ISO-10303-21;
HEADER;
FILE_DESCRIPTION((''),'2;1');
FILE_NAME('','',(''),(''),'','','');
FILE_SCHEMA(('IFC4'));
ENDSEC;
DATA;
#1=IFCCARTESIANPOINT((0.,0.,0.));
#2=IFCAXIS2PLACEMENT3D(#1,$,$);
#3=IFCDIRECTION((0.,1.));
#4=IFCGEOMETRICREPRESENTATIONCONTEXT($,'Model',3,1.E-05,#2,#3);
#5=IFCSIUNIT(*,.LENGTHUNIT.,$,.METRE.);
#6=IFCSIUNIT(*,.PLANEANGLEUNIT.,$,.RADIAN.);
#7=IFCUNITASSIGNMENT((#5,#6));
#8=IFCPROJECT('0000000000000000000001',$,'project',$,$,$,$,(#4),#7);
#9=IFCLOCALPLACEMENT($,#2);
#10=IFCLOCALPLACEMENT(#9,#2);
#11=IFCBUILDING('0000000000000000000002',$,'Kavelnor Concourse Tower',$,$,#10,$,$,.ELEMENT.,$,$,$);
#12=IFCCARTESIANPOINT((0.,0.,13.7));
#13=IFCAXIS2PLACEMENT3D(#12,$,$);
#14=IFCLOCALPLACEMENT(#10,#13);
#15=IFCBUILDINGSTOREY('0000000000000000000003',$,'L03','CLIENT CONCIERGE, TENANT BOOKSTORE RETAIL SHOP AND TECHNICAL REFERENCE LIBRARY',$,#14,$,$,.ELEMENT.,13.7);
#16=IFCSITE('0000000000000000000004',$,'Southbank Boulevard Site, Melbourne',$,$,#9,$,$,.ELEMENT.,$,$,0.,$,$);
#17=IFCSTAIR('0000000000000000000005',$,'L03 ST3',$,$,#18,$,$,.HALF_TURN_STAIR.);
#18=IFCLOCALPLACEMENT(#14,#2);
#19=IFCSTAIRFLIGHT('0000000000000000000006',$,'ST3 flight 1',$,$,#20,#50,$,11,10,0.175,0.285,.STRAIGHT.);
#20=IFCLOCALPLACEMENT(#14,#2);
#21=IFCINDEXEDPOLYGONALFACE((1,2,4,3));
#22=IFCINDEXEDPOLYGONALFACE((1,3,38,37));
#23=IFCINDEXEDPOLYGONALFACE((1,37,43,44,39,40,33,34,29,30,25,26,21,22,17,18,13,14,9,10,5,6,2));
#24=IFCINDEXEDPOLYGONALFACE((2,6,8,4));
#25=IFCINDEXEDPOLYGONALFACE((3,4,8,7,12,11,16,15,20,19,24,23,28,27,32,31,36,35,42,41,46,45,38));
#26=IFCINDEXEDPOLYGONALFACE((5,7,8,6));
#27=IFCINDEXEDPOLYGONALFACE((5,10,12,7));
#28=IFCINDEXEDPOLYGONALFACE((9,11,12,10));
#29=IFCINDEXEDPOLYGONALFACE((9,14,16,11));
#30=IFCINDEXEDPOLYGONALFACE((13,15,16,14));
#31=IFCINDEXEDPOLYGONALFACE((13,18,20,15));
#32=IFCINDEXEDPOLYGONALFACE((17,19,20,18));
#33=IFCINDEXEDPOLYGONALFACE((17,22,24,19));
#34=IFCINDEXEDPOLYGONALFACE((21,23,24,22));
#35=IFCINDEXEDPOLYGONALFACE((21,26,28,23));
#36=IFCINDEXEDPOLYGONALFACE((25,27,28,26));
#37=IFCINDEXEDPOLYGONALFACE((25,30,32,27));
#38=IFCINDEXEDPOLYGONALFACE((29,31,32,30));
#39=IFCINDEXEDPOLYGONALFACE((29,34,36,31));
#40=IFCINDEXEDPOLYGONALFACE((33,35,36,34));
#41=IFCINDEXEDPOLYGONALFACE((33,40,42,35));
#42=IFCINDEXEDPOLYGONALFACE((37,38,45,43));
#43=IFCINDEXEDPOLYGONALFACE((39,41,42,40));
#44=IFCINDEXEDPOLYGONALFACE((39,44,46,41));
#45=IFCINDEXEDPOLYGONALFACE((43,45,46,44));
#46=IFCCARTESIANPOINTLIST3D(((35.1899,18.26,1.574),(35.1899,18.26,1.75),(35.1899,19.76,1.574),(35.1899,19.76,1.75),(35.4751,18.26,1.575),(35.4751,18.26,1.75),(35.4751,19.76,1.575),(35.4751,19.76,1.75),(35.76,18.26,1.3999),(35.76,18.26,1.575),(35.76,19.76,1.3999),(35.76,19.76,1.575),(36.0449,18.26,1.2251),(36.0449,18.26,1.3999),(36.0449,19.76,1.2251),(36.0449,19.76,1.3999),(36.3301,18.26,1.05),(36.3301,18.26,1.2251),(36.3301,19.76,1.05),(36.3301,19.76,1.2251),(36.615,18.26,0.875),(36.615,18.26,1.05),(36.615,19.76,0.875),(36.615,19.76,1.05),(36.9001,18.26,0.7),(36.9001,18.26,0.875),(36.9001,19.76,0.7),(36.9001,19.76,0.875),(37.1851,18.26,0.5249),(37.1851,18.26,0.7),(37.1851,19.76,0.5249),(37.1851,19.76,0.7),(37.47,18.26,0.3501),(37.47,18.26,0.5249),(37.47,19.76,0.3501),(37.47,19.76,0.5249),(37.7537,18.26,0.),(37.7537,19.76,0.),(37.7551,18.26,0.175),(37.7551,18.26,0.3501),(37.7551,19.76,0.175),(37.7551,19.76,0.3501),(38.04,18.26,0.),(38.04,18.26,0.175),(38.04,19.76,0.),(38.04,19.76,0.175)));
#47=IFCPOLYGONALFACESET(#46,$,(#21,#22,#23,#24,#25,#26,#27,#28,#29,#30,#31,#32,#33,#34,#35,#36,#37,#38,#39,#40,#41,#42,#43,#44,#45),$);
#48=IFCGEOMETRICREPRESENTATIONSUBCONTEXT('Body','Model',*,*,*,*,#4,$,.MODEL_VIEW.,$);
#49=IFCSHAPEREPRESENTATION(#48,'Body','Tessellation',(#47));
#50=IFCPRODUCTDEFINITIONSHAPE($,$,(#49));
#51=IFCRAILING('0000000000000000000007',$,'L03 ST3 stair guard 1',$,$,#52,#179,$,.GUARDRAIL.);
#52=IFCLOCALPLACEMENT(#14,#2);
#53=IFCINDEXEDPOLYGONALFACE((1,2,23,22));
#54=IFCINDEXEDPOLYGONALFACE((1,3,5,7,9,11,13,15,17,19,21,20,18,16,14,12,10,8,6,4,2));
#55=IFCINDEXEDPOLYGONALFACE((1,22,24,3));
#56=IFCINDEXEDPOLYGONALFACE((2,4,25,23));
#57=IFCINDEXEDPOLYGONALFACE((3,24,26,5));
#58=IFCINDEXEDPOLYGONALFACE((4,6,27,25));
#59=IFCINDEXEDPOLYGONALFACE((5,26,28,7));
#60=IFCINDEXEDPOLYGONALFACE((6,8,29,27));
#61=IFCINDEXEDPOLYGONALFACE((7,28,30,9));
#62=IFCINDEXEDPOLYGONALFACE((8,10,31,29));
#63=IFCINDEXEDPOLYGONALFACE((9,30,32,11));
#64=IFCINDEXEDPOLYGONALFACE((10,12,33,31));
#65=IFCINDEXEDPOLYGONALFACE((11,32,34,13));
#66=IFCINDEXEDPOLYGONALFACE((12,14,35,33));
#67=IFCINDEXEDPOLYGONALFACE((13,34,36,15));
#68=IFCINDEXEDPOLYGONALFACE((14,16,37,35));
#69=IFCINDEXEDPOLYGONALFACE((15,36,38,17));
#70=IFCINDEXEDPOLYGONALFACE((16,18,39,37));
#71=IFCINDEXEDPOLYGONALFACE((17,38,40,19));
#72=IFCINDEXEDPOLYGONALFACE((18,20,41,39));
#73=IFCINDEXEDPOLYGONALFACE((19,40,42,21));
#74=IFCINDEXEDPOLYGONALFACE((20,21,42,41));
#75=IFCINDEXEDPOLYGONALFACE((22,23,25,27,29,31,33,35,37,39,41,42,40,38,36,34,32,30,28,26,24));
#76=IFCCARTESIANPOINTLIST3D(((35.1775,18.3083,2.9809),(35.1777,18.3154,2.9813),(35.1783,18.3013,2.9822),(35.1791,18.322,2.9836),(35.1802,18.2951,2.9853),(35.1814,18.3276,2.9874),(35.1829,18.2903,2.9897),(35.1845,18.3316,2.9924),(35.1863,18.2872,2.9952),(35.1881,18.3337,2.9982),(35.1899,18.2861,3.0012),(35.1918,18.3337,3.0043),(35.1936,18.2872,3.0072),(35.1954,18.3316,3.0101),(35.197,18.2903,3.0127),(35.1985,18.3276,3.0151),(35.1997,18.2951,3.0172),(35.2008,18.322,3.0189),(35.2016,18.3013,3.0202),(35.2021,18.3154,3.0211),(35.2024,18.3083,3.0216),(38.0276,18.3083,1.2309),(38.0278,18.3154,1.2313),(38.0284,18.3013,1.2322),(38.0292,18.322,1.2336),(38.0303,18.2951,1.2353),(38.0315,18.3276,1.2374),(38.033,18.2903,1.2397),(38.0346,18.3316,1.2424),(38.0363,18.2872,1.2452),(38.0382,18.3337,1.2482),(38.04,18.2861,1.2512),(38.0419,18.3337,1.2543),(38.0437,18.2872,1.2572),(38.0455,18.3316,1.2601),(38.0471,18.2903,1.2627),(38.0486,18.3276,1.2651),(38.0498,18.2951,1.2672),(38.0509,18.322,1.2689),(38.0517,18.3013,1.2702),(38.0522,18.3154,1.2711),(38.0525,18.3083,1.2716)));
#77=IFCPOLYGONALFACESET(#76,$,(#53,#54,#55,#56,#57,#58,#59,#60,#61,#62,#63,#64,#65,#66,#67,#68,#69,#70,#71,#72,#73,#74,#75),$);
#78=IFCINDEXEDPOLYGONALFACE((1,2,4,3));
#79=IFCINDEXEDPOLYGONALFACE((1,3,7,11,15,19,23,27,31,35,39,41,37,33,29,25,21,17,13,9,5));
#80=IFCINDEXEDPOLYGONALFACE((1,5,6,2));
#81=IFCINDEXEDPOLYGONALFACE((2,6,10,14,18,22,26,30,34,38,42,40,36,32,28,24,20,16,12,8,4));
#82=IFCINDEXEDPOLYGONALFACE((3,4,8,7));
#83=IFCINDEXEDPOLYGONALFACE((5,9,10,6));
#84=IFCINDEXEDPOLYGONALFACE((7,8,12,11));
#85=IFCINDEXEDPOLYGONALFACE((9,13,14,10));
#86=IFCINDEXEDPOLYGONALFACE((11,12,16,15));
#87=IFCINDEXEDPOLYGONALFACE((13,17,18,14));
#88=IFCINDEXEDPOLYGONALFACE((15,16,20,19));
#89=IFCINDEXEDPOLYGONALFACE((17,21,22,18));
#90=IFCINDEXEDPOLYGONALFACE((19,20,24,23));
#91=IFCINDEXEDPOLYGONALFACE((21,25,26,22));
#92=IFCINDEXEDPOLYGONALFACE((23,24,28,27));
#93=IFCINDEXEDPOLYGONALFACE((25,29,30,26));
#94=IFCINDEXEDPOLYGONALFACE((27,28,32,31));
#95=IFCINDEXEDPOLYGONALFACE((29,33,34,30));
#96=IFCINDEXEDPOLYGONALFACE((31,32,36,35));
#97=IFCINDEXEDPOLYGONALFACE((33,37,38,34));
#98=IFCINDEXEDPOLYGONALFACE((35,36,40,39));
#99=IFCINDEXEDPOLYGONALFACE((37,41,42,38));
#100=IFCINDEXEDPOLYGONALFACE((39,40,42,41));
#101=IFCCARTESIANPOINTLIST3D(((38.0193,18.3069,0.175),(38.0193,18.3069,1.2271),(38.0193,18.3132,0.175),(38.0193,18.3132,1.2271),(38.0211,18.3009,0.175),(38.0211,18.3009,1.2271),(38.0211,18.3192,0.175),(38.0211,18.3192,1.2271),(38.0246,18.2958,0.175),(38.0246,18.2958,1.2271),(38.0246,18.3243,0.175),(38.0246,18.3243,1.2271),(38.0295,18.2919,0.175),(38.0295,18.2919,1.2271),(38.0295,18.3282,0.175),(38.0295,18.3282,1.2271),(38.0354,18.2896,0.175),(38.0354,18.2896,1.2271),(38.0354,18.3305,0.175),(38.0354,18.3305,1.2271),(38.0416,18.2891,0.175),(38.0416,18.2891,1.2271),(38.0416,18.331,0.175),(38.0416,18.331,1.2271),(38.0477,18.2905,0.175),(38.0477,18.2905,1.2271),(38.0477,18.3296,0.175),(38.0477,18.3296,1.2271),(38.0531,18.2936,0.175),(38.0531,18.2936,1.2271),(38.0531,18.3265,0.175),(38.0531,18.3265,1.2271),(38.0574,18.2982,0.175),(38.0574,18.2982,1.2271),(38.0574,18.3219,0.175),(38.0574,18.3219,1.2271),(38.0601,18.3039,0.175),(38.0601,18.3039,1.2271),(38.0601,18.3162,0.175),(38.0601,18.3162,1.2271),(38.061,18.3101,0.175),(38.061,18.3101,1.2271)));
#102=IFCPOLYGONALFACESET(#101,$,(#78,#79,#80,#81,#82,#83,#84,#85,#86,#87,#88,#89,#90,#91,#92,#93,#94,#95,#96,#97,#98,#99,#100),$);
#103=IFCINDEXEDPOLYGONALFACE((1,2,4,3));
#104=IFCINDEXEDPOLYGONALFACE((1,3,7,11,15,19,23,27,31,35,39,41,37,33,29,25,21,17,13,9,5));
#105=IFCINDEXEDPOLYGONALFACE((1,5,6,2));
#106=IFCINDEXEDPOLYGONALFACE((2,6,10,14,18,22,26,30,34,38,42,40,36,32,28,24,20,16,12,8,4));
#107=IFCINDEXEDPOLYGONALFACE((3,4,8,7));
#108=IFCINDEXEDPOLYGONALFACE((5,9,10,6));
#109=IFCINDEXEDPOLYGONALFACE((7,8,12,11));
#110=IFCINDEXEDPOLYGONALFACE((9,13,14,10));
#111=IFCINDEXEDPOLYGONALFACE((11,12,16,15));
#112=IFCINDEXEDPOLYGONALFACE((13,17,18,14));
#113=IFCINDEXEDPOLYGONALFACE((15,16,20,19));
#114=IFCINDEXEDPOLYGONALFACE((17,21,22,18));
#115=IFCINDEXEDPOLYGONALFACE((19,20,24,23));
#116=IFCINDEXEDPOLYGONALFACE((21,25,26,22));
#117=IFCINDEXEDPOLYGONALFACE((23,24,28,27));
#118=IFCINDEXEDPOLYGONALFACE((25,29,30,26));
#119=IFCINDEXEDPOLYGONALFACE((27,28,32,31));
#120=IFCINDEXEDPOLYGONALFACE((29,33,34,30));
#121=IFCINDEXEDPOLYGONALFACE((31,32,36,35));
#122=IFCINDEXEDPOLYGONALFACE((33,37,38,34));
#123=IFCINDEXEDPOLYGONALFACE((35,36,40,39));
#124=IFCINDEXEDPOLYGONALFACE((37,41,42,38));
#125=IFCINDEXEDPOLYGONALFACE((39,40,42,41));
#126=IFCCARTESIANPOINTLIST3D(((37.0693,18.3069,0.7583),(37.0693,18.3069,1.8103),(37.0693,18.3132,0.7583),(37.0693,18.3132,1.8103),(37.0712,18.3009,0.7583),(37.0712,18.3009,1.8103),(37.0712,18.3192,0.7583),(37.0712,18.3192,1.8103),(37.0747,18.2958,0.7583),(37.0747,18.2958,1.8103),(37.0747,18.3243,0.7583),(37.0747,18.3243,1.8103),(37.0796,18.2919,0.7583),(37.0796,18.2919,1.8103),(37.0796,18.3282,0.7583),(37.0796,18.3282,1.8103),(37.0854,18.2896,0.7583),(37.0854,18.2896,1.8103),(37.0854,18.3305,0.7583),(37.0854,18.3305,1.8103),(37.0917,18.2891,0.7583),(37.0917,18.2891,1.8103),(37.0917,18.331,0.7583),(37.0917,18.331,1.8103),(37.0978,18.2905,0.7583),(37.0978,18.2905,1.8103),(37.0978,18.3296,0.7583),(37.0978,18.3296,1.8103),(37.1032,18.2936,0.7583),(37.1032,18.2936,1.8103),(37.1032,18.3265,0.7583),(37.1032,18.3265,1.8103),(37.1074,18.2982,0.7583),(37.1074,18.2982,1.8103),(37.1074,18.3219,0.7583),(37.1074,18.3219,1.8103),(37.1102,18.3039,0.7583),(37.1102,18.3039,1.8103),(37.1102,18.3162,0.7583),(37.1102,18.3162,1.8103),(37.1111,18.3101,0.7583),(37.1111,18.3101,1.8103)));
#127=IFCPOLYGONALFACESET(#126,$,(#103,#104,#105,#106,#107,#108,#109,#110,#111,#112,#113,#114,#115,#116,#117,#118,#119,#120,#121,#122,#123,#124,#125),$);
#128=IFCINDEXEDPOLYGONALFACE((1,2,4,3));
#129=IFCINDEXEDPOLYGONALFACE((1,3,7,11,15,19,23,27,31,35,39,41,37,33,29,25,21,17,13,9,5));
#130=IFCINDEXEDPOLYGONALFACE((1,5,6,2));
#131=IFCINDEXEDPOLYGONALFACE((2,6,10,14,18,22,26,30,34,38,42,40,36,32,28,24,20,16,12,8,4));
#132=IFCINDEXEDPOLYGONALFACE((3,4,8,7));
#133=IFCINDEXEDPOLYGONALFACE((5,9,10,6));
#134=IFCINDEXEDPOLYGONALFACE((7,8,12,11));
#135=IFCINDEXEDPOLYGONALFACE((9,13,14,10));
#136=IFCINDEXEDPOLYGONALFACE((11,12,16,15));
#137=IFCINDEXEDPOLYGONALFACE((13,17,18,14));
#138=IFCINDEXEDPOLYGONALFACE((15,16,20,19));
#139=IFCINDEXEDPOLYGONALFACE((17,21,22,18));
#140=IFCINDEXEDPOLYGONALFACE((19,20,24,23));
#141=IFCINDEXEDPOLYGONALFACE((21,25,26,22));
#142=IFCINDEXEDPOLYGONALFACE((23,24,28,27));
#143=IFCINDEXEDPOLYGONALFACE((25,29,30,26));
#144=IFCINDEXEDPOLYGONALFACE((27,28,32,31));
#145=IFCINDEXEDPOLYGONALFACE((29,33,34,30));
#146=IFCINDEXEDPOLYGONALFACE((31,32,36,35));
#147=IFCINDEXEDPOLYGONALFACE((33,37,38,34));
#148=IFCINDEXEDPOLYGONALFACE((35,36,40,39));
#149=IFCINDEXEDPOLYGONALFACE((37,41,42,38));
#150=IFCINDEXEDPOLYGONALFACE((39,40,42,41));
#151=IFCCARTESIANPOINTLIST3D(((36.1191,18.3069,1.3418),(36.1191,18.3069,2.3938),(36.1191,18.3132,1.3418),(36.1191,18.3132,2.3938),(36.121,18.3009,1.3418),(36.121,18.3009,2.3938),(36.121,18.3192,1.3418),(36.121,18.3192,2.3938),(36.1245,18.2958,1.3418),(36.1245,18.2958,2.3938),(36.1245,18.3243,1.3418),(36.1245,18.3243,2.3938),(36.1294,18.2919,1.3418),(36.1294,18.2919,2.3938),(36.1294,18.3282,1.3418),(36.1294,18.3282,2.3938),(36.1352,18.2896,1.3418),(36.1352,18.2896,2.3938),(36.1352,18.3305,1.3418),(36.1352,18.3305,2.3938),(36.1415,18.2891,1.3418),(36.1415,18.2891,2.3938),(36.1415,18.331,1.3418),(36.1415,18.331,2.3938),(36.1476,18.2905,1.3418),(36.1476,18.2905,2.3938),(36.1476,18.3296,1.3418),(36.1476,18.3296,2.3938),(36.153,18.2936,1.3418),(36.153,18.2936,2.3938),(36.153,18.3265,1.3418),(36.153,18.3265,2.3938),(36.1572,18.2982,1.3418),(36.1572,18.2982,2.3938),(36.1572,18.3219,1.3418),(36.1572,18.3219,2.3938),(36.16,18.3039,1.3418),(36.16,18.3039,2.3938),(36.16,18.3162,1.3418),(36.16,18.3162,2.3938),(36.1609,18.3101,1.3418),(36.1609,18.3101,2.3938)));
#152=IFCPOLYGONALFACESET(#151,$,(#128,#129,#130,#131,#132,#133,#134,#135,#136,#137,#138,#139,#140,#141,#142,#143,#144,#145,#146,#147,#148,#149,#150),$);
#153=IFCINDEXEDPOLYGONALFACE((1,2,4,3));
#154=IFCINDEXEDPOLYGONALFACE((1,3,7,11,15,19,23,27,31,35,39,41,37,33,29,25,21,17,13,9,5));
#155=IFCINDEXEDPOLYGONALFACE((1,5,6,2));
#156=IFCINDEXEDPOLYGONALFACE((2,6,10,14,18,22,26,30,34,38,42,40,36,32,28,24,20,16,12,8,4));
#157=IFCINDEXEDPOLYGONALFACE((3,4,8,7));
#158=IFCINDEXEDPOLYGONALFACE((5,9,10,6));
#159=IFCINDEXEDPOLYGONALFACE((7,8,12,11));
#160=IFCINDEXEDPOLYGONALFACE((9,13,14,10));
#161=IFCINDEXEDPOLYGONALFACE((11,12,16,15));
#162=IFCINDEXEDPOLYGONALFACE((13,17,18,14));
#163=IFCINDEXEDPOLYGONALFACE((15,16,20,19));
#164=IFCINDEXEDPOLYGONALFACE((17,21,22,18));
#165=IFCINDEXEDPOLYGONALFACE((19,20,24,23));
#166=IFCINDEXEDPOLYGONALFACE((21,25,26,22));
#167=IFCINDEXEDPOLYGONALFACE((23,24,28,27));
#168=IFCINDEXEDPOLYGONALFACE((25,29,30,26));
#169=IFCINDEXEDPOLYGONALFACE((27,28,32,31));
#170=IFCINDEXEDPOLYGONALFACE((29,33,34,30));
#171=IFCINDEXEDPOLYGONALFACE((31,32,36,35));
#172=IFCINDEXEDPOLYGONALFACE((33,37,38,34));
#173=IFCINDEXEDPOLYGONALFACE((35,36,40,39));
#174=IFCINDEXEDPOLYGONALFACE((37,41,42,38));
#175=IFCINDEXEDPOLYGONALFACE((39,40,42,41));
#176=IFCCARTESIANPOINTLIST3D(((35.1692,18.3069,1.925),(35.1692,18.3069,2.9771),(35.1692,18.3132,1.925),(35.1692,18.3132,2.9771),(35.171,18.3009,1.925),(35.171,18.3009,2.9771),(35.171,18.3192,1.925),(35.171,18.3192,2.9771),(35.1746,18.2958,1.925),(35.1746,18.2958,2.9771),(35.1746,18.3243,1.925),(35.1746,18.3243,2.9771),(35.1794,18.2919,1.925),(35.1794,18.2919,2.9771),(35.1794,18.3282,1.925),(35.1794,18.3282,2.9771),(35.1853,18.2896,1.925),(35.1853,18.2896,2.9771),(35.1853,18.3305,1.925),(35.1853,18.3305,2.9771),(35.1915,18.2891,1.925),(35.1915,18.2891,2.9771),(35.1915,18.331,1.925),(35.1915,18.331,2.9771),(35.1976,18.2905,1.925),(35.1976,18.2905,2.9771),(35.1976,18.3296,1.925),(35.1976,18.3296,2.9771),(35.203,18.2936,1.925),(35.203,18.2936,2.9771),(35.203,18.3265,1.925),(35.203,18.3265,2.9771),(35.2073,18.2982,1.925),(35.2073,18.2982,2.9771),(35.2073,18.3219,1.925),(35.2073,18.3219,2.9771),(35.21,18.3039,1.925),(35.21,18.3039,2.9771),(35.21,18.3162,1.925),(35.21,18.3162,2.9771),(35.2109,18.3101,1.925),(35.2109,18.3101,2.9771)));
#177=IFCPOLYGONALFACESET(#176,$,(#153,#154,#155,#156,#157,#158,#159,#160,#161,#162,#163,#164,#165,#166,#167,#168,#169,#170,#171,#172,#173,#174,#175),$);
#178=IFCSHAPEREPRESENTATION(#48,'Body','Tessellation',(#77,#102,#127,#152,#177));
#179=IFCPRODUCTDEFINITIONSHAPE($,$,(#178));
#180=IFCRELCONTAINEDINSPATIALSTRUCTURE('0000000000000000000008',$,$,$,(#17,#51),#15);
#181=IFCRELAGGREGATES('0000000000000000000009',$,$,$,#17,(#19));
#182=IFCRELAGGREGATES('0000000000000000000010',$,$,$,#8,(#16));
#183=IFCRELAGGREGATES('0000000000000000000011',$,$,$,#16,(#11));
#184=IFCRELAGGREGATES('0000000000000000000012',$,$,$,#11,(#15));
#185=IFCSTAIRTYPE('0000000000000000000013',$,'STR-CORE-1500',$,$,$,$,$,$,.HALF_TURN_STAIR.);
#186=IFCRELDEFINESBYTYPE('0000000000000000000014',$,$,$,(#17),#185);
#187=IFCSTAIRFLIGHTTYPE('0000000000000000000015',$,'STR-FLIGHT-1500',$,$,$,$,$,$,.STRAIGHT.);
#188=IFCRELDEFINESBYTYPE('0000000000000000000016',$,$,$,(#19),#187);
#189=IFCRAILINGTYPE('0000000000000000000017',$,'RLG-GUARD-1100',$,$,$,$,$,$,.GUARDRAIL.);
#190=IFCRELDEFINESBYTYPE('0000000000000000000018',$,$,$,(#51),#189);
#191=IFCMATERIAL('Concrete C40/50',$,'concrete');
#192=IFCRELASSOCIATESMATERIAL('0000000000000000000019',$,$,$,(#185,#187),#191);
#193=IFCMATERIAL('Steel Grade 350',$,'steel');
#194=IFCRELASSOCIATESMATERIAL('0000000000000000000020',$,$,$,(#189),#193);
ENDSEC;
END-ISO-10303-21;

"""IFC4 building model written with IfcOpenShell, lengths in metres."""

from ifc_helpers import new_model, si_unit, direction, frame, origin, origin_2d, place, context, subcontext, project, spatial, polyline, circle, outline, extrude, material, type_object, element, aggregate, save


model = new_model("IFC4")

# Units and contexts
model_context = context("Model", 3, precision=1e-05, world=origin(), true_north=direction((0.0, 1.0)))
body_context = subcontext(model_context, "Body", "Model", "MODEL_VIEW")
ifc_project = project(units=[si_unit("LENGTHUNIT", "METRE"), si_unit("PLANEANGLEUNIT", "RADIAN")], contexts=[model_context])

# Site, building, storey
site_placement = place(None, origin())
site = spatial("IfcSite", under=ifc_project, at=site_placement, Name="Southbank Boulevard Site, Melbourne", CompositionType="ELEMENT", RefElevation=0.0)
building_placement = place(site_placement, origin())
building = spatial("IfcBuilding", under=site, at=building_placement, Name="Kavelnor Concourse Tower", CompositionType="ELEMENT")
storey_placement = place(building_placement, frame((0.0, 0.0, 13.7)))
storey = spatial("IfcBuildingStorey", under=building, at=storey_placement, Name="L03", Description="CLIENT CONCIERGE, TENANT BOOKSTORE RETAIL SHOP AND TECHNICAL REFERENCE LIBRARY", CompositionType="ELEMENT", Elevation=13.7)

# Shared definitions
ifc_material_1 = material(Name="Steel Grade 350", Category="steel")

# Stair, stair flight
ifc_material_2 = material(Name="Concrete C40/50", Category="concrete")
stair_type = type_object("IfcStairType", Name="STR-CORE-1500", PredefinedType="HALF_TURN_STAIR", material=ifc_material_2)
stair_placement = place(storey_placement, origin())
stair = element("IfcStair", 1, at=stair_placement, inside=storey, type_object=stair_type, Name="L03 ST3", PredefinedType="HALF_TURN_STAIR")
stair_flight_type = type_object("IfcStairFlightType", Name="STR-FLIGHT-1500", PredefinedType="STRAIGHT", material=ifc_material_2)
stair_flight_placement = place(storey_placement, frame((38.04, 19.01, 0.0), z_axis=(0.0, 0.0, 1.0), x_axis=(-1.0, 0.0, 0.0)))
stair_flight = element("IfcStairFlight", 2, at=stair_flight_placement, type_object=stair_flight_type, Name="ST3 flight 1", NumberOfRisers=11, NumberOfTreads=10, PredefinedType="STRAIGHT", RiserHeight=0.175, TreadLength=0.285, context=body_context, shape_type="SweptSolid", body=[
    extrude(outline(polyline([(0.0, 0.0), (0.0, 0.175), (0.2849, 0.175), (0.2849, 0.3501), (0.5701, 0.3501), (0.5701, 0.5249), (0.855, 0.5249), (0.855, 0.7), (1.1399, 0.7), (1.1399, 0.875), (1.425, 0.875), (1.425, 1.05), (1.71, 1.05), (1.71, 1.2251), (1.9951, 1.2251), (1.9951, 1.3999), (2.28, 1.3999), (2.28, 1.575), (2.5649, 1.575), (2.5649, 1.75), (2.8501, 1.75), (2.8501, 1.925), (2.8501, 1.574), (0.2864, 0.0), (0.0, 0.0)])), frame((0.0, 0.75, 0.0), z_axis=(0.0, -1.0, 0.0), x_axis=(1.0, 0.0, 0.0)), (0.0, 0.0, 1.0), 1.5),
])
aggregate(stair, [stair_flight])

# Railing
railing_type_1 = type_object("IfcRailingType", Name="RLG-GUARD-1100", PredefinedType="GUARDRAIL", material=ifc_material_1)
railing_1_placement = place(storey_placement, frame((38.04, 18.3101, 0.175)))
element("IfcRailing", 3, at=railing_1_placement, inside=storey, type_object=railing_type_1, Name="L03 ST3 stair guard 1", PredefinedType="GUARDRAIL", context=body_context, shape_type="SweptSolid", body=[
    extrude(circle(Radius=0.0239, at=origin_2d()), frame((0.0, 0.0, 1.0762), z_axis=(-0.852179, 0.0, 0.52325), x_axis=(0.0, -1.0, 0.0)), (0.0, 0.0, 1.0), 3.3445),
    extrude(circle(Radius=0.021, at=origin_2d()), origin(), (0.0, 0.0, 1.0), 1.052),
    extrude(circle(Radius=0.021, at=origin_2d()), frame((-0.95, 0.0, 0.5833)), (0.0, 0.0, 1.0), 1.052),
    extrude(circle(Radius=0.021, at=origin_2d()), frame((-1.9001, 0.0, 1.1667)), (0.0, 0.0, 1.0), 1.052),
    extrude(circle(Radius=0.021, at=origin_2d()), frame((-2.8501, 0.0, 1.75)), (0.0, 0.0, 1.0), 1.052),
])

save(model, "model.ifc")
